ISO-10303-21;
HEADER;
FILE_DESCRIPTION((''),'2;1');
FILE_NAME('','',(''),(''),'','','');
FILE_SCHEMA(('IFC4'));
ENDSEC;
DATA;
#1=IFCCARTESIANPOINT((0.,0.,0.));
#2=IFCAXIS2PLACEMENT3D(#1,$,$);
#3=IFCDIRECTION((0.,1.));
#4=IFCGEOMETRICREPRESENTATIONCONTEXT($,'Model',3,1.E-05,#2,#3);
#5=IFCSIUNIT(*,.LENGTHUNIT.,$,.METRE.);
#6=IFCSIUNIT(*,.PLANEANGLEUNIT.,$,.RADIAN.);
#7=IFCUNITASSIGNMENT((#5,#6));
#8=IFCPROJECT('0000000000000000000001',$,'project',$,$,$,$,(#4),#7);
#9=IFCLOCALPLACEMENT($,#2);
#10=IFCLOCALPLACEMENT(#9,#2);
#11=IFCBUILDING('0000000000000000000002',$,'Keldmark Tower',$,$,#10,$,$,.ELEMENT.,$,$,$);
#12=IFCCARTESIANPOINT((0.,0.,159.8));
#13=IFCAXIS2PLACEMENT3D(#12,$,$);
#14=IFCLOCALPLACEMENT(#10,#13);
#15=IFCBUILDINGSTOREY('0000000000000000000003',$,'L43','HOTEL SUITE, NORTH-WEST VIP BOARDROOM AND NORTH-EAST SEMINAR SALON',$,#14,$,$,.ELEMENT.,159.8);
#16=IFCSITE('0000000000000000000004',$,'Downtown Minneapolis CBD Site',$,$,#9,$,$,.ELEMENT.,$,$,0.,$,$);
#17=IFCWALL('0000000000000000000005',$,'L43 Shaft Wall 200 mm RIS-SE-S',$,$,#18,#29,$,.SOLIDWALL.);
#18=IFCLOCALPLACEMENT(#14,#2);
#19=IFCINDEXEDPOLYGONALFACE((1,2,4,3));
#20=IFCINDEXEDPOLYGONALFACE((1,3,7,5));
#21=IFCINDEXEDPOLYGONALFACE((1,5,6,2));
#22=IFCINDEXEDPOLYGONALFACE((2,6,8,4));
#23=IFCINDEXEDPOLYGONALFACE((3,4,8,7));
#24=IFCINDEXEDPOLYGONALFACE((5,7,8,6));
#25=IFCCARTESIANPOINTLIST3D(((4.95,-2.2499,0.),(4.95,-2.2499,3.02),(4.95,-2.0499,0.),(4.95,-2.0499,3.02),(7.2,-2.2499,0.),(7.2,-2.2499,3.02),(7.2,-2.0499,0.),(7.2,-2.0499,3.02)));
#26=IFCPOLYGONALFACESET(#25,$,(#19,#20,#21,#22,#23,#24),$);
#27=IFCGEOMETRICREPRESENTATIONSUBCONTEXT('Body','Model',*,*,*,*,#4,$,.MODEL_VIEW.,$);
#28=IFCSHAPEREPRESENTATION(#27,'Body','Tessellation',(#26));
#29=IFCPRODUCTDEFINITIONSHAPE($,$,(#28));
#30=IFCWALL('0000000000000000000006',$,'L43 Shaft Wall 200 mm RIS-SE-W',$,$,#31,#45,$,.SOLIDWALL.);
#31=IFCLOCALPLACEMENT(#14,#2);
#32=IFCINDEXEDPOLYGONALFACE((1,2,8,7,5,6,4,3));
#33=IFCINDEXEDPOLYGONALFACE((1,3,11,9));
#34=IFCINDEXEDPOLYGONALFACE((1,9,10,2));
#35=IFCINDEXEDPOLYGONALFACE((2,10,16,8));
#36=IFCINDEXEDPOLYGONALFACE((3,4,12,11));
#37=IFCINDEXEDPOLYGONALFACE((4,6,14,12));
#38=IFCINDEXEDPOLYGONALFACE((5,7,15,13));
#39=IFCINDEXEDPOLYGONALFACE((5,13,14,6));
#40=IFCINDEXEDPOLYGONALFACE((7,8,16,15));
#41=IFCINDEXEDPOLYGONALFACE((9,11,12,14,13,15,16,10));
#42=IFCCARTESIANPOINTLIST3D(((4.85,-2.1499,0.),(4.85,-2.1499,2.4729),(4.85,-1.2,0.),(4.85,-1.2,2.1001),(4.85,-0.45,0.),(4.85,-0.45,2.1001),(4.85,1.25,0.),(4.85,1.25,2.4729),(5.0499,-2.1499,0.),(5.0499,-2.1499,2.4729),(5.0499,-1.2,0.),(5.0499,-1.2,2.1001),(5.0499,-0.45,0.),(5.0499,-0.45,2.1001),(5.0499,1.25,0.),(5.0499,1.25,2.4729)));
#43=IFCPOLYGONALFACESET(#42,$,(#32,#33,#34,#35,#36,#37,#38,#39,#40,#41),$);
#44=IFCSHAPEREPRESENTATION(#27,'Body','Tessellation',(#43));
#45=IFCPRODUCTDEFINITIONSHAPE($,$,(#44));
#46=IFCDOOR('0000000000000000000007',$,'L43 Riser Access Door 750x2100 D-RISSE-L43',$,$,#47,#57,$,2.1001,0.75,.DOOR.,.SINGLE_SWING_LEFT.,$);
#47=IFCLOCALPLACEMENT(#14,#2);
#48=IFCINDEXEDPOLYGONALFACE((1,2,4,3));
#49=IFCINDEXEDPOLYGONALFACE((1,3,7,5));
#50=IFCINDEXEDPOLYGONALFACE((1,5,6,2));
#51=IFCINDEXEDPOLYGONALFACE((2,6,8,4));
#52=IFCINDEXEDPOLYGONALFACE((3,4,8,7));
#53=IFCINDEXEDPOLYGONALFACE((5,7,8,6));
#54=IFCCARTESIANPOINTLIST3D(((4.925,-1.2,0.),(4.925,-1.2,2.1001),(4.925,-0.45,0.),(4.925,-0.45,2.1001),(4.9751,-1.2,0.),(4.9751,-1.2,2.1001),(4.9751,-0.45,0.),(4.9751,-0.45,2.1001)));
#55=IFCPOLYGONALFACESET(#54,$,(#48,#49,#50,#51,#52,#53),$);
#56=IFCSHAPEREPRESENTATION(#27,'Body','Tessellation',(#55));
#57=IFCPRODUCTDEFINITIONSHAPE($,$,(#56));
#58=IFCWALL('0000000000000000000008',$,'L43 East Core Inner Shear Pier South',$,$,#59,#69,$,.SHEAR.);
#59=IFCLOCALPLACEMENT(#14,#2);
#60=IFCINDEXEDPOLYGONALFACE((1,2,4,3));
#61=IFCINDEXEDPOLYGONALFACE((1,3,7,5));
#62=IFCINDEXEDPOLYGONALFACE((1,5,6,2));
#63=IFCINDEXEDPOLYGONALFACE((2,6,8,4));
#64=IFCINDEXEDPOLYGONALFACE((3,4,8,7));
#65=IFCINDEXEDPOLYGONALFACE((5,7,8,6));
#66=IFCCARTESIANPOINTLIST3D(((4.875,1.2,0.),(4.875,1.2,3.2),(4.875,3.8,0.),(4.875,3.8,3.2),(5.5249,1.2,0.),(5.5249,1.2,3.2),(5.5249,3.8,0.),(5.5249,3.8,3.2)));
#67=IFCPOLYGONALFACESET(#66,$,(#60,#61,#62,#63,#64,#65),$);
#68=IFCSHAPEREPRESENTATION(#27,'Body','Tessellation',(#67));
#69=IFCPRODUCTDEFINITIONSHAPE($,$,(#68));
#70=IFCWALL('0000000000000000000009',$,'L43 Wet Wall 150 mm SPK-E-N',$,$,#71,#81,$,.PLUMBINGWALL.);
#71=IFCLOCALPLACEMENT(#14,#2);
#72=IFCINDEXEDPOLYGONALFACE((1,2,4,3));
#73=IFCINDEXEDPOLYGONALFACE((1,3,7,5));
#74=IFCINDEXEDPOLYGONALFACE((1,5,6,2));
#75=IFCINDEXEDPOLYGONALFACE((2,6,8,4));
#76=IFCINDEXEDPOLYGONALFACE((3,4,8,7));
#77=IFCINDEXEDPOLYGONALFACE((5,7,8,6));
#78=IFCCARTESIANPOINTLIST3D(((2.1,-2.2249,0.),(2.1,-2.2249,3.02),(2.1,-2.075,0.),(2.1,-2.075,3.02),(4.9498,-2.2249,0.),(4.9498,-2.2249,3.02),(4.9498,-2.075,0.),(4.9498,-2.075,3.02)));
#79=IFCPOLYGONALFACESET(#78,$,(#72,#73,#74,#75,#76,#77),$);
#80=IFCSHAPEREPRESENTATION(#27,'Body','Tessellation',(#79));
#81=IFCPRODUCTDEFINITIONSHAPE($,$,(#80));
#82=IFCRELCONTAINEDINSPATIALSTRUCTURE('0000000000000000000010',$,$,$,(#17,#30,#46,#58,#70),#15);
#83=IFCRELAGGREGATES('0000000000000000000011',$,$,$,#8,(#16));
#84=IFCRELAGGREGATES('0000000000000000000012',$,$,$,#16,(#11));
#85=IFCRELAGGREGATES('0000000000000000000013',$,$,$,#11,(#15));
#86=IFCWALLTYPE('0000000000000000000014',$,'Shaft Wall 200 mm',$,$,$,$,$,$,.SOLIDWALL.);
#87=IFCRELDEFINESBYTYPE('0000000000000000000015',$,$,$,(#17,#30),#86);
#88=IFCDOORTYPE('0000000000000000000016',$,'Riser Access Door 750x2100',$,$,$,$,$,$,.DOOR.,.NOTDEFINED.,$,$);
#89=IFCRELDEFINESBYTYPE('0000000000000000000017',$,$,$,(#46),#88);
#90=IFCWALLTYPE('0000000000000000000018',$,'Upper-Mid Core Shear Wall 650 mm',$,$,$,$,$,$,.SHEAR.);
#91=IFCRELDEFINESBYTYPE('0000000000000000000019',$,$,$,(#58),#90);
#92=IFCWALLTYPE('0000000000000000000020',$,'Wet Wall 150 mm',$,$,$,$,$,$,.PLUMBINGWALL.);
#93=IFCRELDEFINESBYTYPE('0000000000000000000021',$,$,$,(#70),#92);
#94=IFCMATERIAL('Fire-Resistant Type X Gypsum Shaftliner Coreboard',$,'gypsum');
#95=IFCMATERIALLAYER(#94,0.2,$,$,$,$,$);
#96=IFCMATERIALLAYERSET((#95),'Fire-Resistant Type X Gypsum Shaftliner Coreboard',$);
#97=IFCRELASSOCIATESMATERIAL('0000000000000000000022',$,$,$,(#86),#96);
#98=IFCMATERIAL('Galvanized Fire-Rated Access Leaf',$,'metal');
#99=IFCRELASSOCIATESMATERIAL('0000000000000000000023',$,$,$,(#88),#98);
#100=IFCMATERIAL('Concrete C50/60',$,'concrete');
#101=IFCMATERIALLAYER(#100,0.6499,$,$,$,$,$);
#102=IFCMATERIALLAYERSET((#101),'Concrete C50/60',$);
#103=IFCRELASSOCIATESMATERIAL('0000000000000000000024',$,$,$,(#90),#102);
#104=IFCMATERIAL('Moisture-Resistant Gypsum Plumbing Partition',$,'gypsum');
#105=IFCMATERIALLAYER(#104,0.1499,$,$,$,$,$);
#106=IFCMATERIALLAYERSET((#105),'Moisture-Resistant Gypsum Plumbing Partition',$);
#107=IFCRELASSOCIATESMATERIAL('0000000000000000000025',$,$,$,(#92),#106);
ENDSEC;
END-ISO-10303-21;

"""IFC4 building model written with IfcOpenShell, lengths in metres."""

from ifc_helpers import new_model, si_unit, direction, frame, frame_2d, origin, place, context, subcontext, project, spatial, rectangle, extrude, material, layer, layer_set, type_object, element, fill, save


model = new_model("IFC4")

# Units and contexts
model_context = context("Model", 3, precision=1e-05, world=origin(), true_north=direction((0.0, 1.0)))
body_context = subcontext(model_context, "Body", "Model", "MODEL_VIEW")
ifc_project = project(units=[si_unit("LENGTHUNIT", "METRE"), si_unit("PLANEANGLEUNIT", "RADIAN")], contexts=[model_context])

# Site, building, storey
site_placement = place(None, origin())
site = spatial("IfcSite", under=ifc_project, at=site_placement, Name="Downtown Minneapolis CBD Site", CompositionType="ELEMENT", RefElevation=0.0)
building_placement = place(site_placement, origin())
building = spatial("IfcBuilding", under=site, at=building_placement, Name="Keldmark Tower", CompositionType="ELEMENT")
storey_placement = place(building_placement, frame((0.0, 0.0, 159.8)))
storey = spatial("IfcBuildingStorey", under=building, at=storey_placement, Name="L43", Description="HOTEL SUITE, NORTH-WEST VIP BOARDROOM AND NORTH-EAST SEMINAR SALON", CompositionType="ELEMENT", Elevation=159.8)

# Wall
ifc_material_1 = material(Name="Fire-Resistant Type X Gypsum Shaftliner Coreboard", Category="gypsum")
ifc_layer_1 = layer(ifc_material_1, 0.2)
ifc_layer_set_1 = layer_set([ifc_layer_1], Name="Fire-Resistant Type X Gypsum Shaftliner Coreboard")
wall_type_1 = type_object("IfcWallType", Name="Shaft Wall 200 mm", PredefinedType="SOLIDWALL", material=ifc_layer_set_1)
wall_1_placement = place(storey_placement, frame((4.95, -2.1499, 0.0), z_axis=(0.0, 0.0, 1.0), x_axis=(1.0, 0.0, 0.0)))
element("IfcWall", 1, at=wall_1_placement, inside=storey, type_object=wall_type_1, Name="L43 Shaft Wall 200 mm RIS-SE-S", PredefinedType="SOLIDWALL", context=body_context, shape_type="SweptSolid", body=[
    extrude(rectangle(XDim=2.25, YDim=0.2, at=frame_2d((1.125, 0.0))), origin(), (0.0, 0.0, 1.0), 3.02),
])

# Wall, opening, door
wall_2_placement = place(storey_placement, frame((4.95, -2.1499, 0.0), z_axis=(0.0, 0.0, 1.0), x_axis=(0.0, 1.0, 0.0)))
wall_2 = element("IfcWall", 2, at=wall_2_placement, inside=storey, type_object=wall_type_1, Name="L43 Shaft Wall 200 mm RIS-SE-W", PredefinedType="SOLIDWALL", context=body_context, shape_type="SweptSolid", body=[
    extrude(rectangle(XDim=3.3999, YDim=0.2, at=frame_2d((1.7, 0.0))), origin(), (0.0, 0.0, 1.0), 2.4729),
])
opening_1_placement = place(wall_2_placement, frame((0.95, 0.0, 0.0)))
opening_1 = element("IfcOpeningElement", 3, at=opening_1_placement, cuts=wall_2, PredefinedType="OPENING", context=body_context, shape_type="SweptSolid", body=[
    extrude(rectangle(XDim=0.75, YDim=2.1001, at=frame_2d((0.375, 1.05))), frame((0.0, 0.1099, 0.0), z_axis=(0.0, -1.0, 0.0), x_axis=(1.0, 0.0, 0.0)), (0.0, 0.0, 1.0), 0.22),
])
ifc_material_2 = material(Name="Galvanized Fire-Rated Access Leaf", Category="metal")
door_type_1 = type_object("IfcDoorType", Name="Riser Access Door 750x2100", OperationType="NOTDEFINED", PredefinedType="DOOR", material=ifc_material_2)
door_1_placement = place(opening_1_placement, origin())
door_1 = element("IfcDoor", 4, at=door_1_placement, inside=storey, type_object=door_type_1, Name="L43 Riser Access Door 750x2100 D-RISSE-L43", OperationType="SINGLE_SWING_LEFT", OverallHeight=2.1001, OverallWidth=0.75, PredefinedType="DOOR", context=body_context, shape_type="SweptSolid", body=[
    extrude(rectangle(XDim=0.75, YDim=2.1001, at=frame_2d((0.375, 1.05))), frame((0.0, 0.0249, 0.0), z_axis=(0.0, -1.0, 0.0), x_axis=(1.0, 0.0, 0.0)), (0.0, 0.0, 1.0), 0.05),
])
fill(opening_1, door_1)

# Walls
ifc_material_3 = material(Name="Concrete C50/60", Category="concrete")
ifc_layer_2 = layer(ifc_material_3, 0.6499)
ifc_layer_set_2 = layer_set([ifc_layer_2], Name="Concrete C50/60")
wall_type_2 = type_object("IfcWallType", Name="Upper-Mid Core Shear Wall 650 mm", PredefinedType="SHEAR", material=ifc_layer_set_2)
wall_3_placement = place(storey_placement, frame((5.2, 1.2, 0.0), z_axis=(0.0, 0.0, 1.0), x_axis=(0.0, 1.0, 0.0)))
element("IfcWall", 5, at=wall_3_placement, inside=storey, type_object=wall_type_2, Name="L43 East Core Inner Shear Pier South", PredefinedType="SHEAR", context=body_context, shape_type="SweptSolid", body=[
    extrude(rectangle(XDim=2.6001, YDim=0.6499, at=frame_2d((1.3, 0.0))), origin(), (0.0, 0.0, 1.0), 3.2),
])
ifc_material_4 = material(Name="Moisture-Resistant Gypsum Plumbing Partition", Category="gypsum")
ifc_layer_3 = layer(ifc_material_4, 0.1499)
ifc_layer_set_3 = layer_set([ifc_layer_3], Name="Moisture-Resistant Gypsum Plumbing Partition")
wall_type_3 = type_object("IfcWallType", Name="Wet Wall 150 mm", PredefinedType="PLUMBINGWALL", material=ifc_layer_set_3)
wall_4_placement = place(storey_placement, frame((2.1001, -2.1499, 0.0), z_axis=(0.0, 0.0, 1.0), x_axis=(1.0, 0.0, 0.0)))
element("IfcWall", 6, at=wall_4_placement, inside=storey, type_object=wall_type_3, Name="L43 Wet Wall 150 mm SPK-E-N", PredefinedType="PLUMBINGWALL", context=body_context, shape_type="SweptSolid", body=[
    extrude(rectangle(XDim=2.8499, YDim=0.1499, at=frame_2d((1.4248, 0.0))), origin(), (0.0, 0.0, 1.0), 3.02),
])

save(model, "model.ifc")
